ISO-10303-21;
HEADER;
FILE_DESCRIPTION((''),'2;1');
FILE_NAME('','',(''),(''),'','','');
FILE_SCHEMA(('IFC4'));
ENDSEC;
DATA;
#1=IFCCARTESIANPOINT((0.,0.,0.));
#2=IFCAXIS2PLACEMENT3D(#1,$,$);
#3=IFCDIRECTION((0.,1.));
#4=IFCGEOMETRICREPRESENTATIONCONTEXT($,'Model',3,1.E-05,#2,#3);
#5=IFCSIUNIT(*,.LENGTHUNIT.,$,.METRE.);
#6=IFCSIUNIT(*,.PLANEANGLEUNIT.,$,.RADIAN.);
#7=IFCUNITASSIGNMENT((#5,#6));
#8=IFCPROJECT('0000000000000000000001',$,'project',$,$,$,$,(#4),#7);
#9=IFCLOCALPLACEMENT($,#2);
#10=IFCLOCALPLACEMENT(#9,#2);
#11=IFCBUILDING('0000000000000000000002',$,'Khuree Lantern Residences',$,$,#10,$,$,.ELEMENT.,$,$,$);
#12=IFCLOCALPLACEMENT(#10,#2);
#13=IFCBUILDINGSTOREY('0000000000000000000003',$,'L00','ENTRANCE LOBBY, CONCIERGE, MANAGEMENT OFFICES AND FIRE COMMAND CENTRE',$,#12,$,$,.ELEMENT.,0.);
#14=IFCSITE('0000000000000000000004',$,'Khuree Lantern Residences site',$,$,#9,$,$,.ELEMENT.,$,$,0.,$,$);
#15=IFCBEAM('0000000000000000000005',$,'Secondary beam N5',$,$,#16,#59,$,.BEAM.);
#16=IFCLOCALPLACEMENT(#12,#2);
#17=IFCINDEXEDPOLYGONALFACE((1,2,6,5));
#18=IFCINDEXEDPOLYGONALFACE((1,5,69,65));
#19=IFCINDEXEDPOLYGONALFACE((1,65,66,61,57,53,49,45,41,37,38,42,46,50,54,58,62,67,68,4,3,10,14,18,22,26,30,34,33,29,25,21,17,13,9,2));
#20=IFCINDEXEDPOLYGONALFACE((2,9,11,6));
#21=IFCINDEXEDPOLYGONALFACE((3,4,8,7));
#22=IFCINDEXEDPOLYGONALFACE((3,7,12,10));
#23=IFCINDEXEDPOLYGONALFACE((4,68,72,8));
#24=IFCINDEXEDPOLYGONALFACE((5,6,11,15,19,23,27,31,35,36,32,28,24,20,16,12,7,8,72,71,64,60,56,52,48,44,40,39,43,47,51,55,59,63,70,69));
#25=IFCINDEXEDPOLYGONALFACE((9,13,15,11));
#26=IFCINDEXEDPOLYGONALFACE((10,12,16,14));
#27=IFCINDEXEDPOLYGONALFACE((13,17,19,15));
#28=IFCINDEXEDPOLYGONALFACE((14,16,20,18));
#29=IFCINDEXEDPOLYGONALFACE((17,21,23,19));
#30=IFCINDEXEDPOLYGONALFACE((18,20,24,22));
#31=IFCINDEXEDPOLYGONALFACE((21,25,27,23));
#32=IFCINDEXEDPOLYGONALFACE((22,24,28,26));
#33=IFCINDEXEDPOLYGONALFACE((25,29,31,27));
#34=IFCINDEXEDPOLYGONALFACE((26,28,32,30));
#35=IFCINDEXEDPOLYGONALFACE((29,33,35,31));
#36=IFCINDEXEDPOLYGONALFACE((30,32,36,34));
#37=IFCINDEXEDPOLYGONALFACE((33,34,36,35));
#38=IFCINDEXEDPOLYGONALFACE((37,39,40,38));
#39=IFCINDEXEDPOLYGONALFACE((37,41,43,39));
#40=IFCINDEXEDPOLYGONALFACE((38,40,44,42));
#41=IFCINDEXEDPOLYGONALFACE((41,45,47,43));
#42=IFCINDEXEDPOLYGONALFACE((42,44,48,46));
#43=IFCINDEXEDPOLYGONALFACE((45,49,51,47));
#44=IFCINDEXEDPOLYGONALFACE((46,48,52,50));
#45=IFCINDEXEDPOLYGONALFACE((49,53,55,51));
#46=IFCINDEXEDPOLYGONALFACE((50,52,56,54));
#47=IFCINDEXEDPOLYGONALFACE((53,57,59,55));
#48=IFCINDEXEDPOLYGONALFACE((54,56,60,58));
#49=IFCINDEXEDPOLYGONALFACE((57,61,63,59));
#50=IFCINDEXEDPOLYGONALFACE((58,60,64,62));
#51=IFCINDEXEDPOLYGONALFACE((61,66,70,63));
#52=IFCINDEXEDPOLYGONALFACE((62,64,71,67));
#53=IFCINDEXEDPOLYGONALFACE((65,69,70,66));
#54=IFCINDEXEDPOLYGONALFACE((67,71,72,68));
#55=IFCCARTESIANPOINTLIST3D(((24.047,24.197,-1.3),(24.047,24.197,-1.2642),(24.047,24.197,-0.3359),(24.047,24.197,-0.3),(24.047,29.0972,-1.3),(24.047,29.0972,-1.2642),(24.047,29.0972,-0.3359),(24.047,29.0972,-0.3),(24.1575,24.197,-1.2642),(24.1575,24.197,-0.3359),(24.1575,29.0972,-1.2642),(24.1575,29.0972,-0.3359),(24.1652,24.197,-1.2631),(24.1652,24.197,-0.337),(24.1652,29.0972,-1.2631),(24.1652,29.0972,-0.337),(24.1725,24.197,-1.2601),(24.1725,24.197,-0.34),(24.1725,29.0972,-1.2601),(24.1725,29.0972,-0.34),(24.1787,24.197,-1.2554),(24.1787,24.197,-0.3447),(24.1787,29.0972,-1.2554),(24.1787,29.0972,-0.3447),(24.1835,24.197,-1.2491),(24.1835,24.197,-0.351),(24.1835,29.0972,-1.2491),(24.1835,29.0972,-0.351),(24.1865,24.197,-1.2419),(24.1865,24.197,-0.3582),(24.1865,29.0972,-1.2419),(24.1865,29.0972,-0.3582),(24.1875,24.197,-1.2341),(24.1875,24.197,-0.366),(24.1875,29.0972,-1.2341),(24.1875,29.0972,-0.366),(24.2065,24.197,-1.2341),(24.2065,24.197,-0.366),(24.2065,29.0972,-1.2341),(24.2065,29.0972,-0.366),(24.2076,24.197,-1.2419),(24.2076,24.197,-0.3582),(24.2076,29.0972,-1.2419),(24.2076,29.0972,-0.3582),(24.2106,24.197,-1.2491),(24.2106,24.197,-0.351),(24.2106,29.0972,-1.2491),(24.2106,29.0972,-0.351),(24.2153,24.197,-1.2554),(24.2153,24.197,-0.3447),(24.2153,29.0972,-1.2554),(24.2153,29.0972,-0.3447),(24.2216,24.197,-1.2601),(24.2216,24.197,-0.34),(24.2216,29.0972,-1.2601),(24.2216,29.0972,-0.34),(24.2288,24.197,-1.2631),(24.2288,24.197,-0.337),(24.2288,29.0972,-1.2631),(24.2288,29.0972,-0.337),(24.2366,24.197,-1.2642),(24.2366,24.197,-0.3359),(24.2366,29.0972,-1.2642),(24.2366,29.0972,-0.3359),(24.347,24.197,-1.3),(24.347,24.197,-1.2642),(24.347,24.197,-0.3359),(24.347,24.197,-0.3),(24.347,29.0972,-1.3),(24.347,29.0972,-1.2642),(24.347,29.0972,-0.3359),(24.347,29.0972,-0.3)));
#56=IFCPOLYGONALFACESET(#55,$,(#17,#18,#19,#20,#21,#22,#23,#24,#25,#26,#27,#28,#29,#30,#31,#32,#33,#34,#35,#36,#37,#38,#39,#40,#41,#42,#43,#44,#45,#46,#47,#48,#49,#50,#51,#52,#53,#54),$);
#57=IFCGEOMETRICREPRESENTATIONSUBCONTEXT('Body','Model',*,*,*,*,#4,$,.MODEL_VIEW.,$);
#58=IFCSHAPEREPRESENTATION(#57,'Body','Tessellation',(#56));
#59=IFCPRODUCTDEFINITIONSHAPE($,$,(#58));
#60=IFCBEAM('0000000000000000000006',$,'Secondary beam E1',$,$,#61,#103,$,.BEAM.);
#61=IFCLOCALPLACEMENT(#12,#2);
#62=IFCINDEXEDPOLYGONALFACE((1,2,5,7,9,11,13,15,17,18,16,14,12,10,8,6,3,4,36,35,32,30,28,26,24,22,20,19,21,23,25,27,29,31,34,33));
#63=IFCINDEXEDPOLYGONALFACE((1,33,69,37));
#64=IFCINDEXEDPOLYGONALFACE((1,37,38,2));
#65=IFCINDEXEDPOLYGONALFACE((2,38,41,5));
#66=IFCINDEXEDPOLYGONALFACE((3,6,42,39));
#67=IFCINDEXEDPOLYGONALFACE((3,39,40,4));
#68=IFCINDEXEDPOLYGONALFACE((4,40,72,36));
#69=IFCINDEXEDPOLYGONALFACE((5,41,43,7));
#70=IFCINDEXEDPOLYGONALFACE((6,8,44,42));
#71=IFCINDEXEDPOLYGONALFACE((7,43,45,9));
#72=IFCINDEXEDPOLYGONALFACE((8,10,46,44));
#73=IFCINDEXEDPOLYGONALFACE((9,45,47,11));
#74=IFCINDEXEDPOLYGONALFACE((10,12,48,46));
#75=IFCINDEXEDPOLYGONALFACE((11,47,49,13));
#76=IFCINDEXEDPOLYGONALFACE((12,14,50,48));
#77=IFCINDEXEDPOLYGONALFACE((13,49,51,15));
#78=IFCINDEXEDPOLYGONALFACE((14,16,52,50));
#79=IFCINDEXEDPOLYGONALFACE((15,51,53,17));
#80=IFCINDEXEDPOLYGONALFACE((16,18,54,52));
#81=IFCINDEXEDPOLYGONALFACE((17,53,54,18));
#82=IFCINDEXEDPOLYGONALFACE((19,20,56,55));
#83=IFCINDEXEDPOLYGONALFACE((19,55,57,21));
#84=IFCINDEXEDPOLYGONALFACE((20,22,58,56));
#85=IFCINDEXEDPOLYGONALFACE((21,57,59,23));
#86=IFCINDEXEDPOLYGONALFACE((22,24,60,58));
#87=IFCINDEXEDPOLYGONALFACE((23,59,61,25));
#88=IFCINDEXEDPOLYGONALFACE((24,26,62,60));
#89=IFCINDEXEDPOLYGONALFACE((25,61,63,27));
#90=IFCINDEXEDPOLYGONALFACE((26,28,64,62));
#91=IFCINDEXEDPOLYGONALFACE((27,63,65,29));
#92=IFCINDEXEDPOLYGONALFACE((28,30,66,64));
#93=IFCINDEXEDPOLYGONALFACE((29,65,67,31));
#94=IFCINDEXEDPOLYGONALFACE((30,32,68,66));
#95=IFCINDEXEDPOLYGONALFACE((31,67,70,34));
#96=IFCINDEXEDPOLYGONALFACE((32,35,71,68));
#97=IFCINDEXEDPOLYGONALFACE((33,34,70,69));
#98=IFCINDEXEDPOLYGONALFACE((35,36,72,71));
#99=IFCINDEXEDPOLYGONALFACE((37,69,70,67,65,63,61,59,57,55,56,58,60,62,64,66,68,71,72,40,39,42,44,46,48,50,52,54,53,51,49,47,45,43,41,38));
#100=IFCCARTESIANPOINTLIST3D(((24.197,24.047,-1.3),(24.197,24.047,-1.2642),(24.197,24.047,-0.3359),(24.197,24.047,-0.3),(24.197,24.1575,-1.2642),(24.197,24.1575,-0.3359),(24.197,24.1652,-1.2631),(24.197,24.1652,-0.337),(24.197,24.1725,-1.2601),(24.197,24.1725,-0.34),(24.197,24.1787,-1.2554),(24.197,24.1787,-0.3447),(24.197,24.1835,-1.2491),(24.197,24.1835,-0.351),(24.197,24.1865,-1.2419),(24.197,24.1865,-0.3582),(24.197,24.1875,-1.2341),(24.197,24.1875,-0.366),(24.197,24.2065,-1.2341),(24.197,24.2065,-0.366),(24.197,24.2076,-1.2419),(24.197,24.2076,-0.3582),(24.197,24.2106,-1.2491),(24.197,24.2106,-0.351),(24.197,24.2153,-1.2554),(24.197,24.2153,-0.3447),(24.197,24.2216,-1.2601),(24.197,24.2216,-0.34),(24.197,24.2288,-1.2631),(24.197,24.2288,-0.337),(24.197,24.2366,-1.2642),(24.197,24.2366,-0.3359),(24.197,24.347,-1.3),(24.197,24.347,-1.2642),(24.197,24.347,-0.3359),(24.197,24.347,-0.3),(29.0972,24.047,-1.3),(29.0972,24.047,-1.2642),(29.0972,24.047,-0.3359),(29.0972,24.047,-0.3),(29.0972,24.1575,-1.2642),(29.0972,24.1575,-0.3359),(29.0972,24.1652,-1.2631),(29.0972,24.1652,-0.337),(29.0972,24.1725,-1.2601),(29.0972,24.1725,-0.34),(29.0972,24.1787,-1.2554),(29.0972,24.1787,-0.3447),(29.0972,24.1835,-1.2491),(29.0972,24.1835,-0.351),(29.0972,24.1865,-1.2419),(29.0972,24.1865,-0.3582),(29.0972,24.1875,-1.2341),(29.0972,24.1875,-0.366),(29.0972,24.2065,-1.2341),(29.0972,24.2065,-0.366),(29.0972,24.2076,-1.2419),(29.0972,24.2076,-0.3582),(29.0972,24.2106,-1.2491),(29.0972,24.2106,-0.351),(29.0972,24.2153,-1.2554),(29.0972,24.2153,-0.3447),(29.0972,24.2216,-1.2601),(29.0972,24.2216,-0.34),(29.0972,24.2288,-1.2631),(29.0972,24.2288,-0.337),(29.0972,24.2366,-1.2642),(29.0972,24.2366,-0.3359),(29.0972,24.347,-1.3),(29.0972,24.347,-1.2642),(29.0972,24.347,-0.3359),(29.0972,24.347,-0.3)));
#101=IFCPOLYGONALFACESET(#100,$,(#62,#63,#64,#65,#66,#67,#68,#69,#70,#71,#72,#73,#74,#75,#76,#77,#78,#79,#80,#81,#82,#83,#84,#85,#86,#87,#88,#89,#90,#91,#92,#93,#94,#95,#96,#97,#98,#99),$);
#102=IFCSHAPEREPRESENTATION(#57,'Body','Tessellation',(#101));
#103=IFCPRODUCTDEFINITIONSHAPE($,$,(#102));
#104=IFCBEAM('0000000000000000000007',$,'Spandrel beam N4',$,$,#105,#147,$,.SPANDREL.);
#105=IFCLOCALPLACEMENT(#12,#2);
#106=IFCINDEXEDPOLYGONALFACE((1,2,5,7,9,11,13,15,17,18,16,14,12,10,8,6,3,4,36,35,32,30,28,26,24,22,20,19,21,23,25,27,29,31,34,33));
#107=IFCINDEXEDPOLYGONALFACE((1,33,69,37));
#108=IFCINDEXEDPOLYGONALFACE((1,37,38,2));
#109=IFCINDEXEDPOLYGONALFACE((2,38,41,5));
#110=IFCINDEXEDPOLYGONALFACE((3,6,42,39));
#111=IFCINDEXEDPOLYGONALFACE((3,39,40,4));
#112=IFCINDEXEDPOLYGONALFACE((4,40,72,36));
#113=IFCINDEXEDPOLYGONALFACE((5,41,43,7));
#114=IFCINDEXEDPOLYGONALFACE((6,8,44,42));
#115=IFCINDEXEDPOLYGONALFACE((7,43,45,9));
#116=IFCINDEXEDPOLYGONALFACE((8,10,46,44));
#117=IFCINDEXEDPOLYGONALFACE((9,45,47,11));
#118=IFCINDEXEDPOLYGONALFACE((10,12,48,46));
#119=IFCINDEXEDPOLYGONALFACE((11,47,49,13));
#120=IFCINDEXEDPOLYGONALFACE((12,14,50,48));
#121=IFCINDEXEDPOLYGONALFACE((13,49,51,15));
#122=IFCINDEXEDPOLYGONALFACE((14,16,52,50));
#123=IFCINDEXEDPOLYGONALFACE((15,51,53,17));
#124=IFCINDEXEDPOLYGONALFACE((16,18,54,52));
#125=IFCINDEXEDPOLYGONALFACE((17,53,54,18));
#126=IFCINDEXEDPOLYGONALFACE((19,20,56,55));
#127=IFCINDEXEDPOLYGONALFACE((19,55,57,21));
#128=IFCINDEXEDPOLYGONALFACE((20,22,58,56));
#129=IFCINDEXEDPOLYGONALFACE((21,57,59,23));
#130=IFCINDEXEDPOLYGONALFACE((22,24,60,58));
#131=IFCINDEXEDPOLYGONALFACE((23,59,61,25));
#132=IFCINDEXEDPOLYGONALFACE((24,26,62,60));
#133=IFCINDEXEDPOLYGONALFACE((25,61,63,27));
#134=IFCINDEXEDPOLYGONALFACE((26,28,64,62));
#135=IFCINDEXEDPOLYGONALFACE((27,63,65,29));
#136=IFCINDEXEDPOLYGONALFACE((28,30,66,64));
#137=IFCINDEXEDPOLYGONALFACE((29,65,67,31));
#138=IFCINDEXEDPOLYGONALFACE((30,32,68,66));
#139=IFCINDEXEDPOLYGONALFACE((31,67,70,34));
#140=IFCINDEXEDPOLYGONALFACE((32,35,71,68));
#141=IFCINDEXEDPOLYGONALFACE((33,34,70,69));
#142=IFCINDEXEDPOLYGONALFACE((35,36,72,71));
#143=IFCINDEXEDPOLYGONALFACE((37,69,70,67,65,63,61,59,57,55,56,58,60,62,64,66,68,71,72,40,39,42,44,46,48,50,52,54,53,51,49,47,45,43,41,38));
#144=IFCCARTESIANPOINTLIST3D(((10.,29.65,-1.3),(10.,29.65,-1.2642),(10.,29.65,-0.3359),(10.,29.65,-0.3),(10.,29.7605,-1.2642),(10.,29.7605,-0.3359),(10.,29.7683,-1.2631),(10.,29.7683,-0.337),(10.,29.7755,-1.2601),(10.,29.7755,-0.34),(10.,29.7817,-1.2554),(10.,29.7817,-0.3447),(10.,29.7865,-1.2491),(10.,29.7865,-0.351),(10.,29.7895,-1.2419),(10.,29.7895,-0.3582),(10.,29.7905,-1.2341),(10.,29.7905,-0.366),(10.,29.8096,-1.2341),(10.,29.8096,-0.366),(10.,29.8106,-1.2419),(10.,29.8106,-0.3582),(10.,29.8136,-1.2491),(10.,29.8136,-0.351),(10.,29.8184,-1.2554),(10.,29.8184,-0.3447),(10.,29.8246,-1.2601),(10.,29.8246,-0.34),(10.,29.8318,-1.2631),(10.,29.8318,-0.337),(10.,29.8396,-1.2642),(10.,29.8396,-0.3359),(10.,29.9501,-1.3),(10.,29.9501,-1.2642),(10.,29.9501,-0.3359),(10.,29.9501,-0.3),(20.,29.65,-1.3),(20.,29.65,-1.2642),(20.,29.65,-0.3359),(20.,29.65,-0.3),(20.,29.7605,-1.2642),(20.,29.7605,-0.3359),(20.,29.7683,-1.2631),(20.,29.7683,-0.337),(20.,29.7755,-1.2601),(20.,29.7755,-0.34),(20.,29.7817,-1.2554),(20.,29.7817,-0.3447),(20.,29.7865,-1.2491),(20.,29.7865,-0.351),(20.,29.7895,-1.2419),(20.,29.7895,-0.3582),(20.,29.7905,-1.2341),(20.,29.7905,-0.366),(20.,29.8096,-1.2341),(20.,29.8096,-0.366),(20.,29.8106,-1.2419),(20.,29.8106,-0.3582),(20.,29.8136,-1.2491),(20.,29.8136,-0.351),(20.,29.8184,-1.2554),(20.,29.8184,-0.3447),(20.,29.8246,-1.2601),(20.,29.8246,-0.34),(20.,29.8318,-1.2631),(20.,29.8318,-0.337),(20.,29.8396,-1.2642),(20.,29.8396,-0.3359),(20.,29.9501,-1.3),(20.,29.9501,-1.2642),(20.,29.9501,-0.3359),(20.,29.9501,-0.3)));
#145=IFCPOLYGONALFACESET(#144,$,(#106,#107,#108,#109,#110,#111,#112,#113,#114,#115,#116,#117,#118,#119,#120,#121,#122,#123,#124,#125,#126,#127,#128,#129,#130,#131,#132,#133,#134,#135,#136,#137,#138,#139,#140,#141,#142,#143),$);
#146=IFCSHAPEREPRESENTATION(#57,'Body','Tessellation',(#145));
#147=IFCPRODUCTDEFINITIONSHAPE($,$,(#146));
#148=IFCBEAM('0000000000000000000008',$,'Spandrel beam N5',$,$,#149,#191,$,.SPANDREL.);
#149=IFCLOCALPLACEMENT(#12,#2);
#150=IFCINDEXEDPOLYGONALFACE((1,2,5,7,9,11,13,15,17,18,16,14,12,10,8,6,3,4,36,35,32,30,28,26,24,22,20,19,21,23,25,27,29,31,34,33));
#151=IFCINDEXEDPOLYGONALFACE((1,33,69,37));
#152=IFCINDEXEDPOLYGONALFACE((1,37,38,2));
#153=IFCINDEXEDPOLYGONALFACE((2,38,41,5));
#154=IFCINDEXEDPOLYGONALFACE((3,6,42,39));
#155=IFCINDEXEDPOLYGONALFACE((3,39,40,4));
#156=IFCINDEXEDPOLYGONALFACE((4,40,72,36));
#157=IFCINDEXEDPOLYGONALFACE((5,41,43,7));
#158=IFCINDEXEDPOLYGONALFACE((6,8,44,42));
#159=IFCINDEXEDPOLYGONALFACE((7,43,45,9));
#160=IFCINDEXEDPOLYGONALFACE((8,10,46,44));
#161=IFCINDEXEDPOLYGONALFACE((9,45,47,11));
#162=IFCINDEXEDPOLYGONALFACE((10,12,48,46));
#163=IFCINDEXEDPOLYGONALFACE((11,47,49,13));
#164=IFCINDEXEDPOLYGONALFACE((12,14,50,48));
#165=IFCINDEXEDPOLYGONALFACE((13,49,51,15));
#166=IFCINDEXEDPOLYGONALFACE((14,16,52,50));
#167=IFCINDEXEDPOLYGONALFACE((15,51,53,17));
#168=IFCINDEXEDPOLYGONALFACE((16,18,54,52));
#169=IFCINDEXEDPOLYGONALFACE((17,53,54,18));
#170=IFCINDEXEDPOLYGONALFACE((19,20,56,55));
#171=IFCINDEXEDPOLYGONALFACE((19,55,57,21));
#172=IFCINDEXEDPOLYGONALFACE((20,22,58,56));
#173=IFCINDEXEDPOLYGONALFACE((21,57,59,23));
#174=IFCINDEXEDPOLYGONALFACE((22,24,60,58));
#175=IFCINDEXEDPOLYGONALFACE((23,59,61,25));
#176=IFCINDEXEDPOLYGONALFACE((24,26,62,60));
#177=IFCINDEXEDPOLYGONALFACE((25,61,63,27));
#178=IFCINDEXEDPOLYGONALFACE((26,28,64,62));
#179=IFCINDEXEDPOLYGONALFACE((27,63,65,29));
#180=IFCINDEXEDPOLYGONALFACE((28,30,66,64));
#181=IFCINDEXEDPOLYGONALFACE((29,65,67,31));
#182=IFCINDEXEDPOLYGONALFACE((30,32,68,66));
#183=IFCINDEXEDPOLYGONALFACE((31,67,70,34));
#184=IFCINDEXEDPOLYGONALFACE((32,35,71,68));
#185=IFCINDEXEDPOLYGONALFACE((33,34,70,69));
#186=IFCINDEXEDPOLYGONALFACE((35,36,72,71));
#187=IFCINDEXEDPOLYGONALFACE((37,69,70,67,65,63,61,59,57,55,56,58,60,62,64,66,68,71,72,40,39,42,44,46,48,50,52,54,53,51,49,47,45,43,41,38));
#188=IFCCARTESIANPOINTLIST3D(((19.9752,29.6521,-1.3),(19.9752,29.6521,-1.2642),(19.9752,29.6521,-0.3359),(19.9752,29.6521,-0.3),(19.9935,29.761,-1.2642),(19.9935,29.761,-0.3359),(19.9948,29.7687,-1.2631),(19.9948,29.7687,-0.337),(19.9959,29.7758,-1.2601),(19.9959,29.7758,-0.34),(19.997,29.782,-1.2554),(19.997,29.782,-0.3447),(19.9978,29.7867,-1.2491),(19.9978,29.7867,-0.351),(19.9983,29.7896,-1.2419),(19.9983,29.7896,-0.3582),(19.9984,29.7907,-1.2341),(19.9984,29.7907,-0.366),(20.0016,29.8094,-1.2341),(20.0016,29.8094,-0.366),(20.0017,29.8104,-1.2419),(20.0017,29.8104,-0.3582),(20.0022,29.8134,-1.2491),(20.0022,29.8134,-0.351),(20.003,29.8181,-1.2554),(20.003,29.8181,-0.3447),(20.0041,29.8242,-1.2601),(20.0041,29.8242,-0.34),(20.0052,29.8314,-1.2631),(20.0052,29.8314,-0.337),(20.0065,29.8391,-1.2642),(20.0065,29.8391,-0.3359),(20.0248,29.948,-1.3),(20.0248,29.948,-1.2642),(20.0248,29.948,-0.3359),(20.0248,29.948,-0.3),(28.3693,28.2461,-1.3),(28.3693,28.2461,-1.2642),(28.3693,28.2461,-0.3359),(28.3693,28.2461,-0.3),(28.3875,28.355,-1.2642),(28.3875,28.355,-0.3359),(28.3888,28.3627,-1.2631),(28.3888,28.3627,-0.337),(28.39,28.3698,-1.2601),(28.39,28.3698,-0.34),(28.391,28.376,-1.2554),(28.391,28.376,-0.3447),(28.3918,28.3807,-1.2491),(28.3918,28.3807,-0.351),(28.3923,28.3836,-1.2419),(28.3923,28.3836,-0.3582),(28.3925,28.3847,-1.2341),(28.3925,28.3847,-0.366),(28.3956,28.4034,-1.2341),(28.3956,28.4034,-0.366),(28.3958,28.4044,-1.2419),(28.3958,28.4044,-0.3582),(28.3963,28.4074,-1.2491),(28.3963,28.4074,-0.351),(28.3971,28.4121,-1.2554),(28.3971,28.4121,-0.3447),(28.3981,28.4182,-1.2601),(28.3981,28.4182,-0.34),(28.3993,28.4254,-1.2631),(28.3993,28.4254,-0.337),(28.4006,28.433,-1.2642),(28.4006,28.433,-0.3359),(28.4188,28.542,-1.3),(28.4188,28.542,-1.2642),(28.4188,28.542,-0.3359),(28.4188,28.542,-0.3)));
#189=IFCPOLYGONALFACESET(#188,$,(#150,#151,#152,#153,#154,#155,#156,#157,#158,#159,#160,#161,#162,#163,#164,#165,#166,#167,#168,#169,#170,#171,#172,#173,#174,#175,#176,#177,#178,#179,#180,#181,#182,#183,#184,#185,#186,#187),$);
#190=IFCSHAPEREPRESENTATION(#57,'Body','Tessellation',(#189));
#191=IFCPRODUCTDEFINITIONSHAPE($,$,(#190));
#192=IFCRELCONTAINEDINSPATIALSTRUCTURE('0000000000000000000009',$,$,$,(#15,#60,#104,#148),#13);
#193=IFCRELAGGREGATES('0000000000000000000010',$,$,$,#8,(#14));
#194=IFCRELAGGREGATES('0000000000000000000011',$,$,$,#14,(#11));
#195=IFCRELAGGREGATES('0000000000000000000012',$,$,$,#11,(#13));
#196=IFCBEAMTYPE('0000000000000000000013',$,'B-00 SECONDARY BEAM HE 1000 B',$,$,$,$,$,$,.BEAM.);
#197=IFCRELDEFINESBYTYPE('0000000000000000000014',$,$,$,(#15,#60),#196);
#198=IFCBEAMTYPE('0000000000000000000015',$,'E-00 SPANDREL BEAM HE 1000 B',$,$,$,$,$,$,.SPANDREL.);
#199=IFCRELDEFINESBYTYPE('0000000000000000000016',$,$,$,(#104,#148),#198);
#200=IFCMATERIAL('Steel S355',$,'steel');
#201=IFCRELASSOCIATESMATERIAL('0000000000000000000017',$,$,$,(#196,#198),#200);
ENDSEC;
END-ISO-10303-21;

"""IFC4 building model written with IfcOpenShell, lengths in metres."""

from ifc_helpers import new_model, si_unit, direction, frame, origin, origin_2d, place, context, subcontext, project, spatial, i_section, extrude, material, material_profile, profile_set, type_object, element, save


model = new_model("IFC4")

# Units and contexts
model_context = context("Model", 3, precision=1e-05, world=origin(), true_north=direction((0.0, 1.0)))
body_context = subcontext(model_context, "Body", "Model", "MODEL_VIEW")
ifc_project = project(units=[si_unit("LENGTHUNIT", "METRE"), si_unit("PLANEANGLEUNIT", "RADIAN")], contexts=[model_context])

# Site, building, storey
site_placement = place(None, origin())
site = spatial("IfcSite", under=ifc_project, at=site_placement, Name="Khuree Lantern Residences site", CompositionType="ELEMENT", RefElevation=0.0)
building_placement = place(site_placement, origin())
building = spatial("IfcBuilding", under=site, at=building_placement, Name="Khuree Lantern Residences", CompositionType="ELEMENT")
storey_placement = place(building_placement, origin())
storey = spatial("IfcBuildingStorey", under=building, at=storey_placement, Name="L00", Description="ENTRANCE LOBBY, CONCIERGE, MANAGEMENT OFFICES AND FIRE COMMAND CENTRE", CompositionType="ELEMENT", Elevation=0.0)

# Beams
ifc_material_1 = material(Name="Steel S355", Category="steel")
ifc_material_profile_1 = material_profile(ifc_material_1, i_section(OverallWidth=0.3, OverallDepth=1.0, WebThickness=0.019, FlangeThickness=0.0359, FilletRadius=0.03, at=origin_2d()), Name="HE 1000 B")
ifc_profile_set_1 = profile_set([ifc_material_profile_1], Name="Steel S355")
beam_type_1 = type_object("IfcBeamType", Name="B-00 SECONDARY BEAM HE 1000 B", PredefinedType="BEAM", material=ifc_profile_set_1)
for number, where, z_axis, x_axis, name in (
    (1, (24.197, 29.0972, -0.8), (0.0, -1.0, 0.0), (1.0, 0.0, 0.0), "Secondary beam N5"),
    (2, (29.0972, 24.197, -0.8), (-1.0, 0.0, 0.0), (0.0, -1.0, 0.0), "Secondary beam E1"),
):
    element("IfcBeam", number, at=place(storey_placement, frame(where, z_axis=z_axis, x_axis=x_axis)), inside=storey, type_object=beam_type_1, Name=name, PredefinedType="BEAM", context=body_context, shape_type="SweptSolid", body=[
        extrude(i_section(OverallWidth=0.3, OverallDepth=1.0, WebThickness=0.019, FlangeThickness=0.0359, FilletRadius=0.03, at=origin_2d()), origin(), (0.0, 0.0, 1.0), 4.9001),
    ])
ifc_material_profile_2 = material_profile(ifc_material_1, i_section(OverallWidth=0.3, OverallDepth=1.0, WebThickness=0.019, FlangeThickness=0.0359, FilletRadius=0.03, at=origin_2d()), Name="HE 1000 B")
ifc_profile_set_2 = profile_set([ifc_material_profile_2], Name="Steel S355")
beam_type_2 = type_object("IfcBeamType", Name="E-00 SPANDREL BEAM HE 1000 B", PredefinedType="SPANDREL", material=ifc_profile_set_2)
beam_1_placement = place(storey_placement, frame((10.0, 29.8, -0.8), z_axis=(1.0, 0.0, 0.0), x_axis=(0.0, 1.0, 0.0)))
element("IfcBeam", 3, at=beam_1_placement, inside=storey, type_object=beam_type_2, Name="Spandrel beam N4", PredefinedType="SPANDREL", context=body_context, shape_type="SweptSolid", body=[
    extrude(i_section(OverallWidth=0.3, OverallDepth=1.0, WebThickness=0.019, FlangeThickness=0.0359, FilletRadius=0.03, at=origin_2d()), origin(), (0.0, 0.0, 1.0), 10.0),
])
for number, where, z_axis, x_axis, name in (
    (4, (20.0, 29.8, -0.8), (0.98626, -0.165199, 0.0), (0.165199, 0.98626, 0.0), "Spandrel beam N5"),
):
    element("IfcBeam", number, at=place(storey_placement, frame(where, z_axis=z_axis, x_axis=x_axis)), inside=storey, type_object=beam_type_2, Name=name, PredefinedType="SPANDREL", context=body_context, shape_type="SweptSolid", body=[
        extrude(i_section(OverallWidth=0.3, OverallDepth=1.0, WebThickness=0.019, FlangeThickness=0.0359, FilletRadius=0.03, at=origin_2d()), origin(), (0.0, 0.0, 1.0), 8.511),
    ])

save(model, "model.ifc")
